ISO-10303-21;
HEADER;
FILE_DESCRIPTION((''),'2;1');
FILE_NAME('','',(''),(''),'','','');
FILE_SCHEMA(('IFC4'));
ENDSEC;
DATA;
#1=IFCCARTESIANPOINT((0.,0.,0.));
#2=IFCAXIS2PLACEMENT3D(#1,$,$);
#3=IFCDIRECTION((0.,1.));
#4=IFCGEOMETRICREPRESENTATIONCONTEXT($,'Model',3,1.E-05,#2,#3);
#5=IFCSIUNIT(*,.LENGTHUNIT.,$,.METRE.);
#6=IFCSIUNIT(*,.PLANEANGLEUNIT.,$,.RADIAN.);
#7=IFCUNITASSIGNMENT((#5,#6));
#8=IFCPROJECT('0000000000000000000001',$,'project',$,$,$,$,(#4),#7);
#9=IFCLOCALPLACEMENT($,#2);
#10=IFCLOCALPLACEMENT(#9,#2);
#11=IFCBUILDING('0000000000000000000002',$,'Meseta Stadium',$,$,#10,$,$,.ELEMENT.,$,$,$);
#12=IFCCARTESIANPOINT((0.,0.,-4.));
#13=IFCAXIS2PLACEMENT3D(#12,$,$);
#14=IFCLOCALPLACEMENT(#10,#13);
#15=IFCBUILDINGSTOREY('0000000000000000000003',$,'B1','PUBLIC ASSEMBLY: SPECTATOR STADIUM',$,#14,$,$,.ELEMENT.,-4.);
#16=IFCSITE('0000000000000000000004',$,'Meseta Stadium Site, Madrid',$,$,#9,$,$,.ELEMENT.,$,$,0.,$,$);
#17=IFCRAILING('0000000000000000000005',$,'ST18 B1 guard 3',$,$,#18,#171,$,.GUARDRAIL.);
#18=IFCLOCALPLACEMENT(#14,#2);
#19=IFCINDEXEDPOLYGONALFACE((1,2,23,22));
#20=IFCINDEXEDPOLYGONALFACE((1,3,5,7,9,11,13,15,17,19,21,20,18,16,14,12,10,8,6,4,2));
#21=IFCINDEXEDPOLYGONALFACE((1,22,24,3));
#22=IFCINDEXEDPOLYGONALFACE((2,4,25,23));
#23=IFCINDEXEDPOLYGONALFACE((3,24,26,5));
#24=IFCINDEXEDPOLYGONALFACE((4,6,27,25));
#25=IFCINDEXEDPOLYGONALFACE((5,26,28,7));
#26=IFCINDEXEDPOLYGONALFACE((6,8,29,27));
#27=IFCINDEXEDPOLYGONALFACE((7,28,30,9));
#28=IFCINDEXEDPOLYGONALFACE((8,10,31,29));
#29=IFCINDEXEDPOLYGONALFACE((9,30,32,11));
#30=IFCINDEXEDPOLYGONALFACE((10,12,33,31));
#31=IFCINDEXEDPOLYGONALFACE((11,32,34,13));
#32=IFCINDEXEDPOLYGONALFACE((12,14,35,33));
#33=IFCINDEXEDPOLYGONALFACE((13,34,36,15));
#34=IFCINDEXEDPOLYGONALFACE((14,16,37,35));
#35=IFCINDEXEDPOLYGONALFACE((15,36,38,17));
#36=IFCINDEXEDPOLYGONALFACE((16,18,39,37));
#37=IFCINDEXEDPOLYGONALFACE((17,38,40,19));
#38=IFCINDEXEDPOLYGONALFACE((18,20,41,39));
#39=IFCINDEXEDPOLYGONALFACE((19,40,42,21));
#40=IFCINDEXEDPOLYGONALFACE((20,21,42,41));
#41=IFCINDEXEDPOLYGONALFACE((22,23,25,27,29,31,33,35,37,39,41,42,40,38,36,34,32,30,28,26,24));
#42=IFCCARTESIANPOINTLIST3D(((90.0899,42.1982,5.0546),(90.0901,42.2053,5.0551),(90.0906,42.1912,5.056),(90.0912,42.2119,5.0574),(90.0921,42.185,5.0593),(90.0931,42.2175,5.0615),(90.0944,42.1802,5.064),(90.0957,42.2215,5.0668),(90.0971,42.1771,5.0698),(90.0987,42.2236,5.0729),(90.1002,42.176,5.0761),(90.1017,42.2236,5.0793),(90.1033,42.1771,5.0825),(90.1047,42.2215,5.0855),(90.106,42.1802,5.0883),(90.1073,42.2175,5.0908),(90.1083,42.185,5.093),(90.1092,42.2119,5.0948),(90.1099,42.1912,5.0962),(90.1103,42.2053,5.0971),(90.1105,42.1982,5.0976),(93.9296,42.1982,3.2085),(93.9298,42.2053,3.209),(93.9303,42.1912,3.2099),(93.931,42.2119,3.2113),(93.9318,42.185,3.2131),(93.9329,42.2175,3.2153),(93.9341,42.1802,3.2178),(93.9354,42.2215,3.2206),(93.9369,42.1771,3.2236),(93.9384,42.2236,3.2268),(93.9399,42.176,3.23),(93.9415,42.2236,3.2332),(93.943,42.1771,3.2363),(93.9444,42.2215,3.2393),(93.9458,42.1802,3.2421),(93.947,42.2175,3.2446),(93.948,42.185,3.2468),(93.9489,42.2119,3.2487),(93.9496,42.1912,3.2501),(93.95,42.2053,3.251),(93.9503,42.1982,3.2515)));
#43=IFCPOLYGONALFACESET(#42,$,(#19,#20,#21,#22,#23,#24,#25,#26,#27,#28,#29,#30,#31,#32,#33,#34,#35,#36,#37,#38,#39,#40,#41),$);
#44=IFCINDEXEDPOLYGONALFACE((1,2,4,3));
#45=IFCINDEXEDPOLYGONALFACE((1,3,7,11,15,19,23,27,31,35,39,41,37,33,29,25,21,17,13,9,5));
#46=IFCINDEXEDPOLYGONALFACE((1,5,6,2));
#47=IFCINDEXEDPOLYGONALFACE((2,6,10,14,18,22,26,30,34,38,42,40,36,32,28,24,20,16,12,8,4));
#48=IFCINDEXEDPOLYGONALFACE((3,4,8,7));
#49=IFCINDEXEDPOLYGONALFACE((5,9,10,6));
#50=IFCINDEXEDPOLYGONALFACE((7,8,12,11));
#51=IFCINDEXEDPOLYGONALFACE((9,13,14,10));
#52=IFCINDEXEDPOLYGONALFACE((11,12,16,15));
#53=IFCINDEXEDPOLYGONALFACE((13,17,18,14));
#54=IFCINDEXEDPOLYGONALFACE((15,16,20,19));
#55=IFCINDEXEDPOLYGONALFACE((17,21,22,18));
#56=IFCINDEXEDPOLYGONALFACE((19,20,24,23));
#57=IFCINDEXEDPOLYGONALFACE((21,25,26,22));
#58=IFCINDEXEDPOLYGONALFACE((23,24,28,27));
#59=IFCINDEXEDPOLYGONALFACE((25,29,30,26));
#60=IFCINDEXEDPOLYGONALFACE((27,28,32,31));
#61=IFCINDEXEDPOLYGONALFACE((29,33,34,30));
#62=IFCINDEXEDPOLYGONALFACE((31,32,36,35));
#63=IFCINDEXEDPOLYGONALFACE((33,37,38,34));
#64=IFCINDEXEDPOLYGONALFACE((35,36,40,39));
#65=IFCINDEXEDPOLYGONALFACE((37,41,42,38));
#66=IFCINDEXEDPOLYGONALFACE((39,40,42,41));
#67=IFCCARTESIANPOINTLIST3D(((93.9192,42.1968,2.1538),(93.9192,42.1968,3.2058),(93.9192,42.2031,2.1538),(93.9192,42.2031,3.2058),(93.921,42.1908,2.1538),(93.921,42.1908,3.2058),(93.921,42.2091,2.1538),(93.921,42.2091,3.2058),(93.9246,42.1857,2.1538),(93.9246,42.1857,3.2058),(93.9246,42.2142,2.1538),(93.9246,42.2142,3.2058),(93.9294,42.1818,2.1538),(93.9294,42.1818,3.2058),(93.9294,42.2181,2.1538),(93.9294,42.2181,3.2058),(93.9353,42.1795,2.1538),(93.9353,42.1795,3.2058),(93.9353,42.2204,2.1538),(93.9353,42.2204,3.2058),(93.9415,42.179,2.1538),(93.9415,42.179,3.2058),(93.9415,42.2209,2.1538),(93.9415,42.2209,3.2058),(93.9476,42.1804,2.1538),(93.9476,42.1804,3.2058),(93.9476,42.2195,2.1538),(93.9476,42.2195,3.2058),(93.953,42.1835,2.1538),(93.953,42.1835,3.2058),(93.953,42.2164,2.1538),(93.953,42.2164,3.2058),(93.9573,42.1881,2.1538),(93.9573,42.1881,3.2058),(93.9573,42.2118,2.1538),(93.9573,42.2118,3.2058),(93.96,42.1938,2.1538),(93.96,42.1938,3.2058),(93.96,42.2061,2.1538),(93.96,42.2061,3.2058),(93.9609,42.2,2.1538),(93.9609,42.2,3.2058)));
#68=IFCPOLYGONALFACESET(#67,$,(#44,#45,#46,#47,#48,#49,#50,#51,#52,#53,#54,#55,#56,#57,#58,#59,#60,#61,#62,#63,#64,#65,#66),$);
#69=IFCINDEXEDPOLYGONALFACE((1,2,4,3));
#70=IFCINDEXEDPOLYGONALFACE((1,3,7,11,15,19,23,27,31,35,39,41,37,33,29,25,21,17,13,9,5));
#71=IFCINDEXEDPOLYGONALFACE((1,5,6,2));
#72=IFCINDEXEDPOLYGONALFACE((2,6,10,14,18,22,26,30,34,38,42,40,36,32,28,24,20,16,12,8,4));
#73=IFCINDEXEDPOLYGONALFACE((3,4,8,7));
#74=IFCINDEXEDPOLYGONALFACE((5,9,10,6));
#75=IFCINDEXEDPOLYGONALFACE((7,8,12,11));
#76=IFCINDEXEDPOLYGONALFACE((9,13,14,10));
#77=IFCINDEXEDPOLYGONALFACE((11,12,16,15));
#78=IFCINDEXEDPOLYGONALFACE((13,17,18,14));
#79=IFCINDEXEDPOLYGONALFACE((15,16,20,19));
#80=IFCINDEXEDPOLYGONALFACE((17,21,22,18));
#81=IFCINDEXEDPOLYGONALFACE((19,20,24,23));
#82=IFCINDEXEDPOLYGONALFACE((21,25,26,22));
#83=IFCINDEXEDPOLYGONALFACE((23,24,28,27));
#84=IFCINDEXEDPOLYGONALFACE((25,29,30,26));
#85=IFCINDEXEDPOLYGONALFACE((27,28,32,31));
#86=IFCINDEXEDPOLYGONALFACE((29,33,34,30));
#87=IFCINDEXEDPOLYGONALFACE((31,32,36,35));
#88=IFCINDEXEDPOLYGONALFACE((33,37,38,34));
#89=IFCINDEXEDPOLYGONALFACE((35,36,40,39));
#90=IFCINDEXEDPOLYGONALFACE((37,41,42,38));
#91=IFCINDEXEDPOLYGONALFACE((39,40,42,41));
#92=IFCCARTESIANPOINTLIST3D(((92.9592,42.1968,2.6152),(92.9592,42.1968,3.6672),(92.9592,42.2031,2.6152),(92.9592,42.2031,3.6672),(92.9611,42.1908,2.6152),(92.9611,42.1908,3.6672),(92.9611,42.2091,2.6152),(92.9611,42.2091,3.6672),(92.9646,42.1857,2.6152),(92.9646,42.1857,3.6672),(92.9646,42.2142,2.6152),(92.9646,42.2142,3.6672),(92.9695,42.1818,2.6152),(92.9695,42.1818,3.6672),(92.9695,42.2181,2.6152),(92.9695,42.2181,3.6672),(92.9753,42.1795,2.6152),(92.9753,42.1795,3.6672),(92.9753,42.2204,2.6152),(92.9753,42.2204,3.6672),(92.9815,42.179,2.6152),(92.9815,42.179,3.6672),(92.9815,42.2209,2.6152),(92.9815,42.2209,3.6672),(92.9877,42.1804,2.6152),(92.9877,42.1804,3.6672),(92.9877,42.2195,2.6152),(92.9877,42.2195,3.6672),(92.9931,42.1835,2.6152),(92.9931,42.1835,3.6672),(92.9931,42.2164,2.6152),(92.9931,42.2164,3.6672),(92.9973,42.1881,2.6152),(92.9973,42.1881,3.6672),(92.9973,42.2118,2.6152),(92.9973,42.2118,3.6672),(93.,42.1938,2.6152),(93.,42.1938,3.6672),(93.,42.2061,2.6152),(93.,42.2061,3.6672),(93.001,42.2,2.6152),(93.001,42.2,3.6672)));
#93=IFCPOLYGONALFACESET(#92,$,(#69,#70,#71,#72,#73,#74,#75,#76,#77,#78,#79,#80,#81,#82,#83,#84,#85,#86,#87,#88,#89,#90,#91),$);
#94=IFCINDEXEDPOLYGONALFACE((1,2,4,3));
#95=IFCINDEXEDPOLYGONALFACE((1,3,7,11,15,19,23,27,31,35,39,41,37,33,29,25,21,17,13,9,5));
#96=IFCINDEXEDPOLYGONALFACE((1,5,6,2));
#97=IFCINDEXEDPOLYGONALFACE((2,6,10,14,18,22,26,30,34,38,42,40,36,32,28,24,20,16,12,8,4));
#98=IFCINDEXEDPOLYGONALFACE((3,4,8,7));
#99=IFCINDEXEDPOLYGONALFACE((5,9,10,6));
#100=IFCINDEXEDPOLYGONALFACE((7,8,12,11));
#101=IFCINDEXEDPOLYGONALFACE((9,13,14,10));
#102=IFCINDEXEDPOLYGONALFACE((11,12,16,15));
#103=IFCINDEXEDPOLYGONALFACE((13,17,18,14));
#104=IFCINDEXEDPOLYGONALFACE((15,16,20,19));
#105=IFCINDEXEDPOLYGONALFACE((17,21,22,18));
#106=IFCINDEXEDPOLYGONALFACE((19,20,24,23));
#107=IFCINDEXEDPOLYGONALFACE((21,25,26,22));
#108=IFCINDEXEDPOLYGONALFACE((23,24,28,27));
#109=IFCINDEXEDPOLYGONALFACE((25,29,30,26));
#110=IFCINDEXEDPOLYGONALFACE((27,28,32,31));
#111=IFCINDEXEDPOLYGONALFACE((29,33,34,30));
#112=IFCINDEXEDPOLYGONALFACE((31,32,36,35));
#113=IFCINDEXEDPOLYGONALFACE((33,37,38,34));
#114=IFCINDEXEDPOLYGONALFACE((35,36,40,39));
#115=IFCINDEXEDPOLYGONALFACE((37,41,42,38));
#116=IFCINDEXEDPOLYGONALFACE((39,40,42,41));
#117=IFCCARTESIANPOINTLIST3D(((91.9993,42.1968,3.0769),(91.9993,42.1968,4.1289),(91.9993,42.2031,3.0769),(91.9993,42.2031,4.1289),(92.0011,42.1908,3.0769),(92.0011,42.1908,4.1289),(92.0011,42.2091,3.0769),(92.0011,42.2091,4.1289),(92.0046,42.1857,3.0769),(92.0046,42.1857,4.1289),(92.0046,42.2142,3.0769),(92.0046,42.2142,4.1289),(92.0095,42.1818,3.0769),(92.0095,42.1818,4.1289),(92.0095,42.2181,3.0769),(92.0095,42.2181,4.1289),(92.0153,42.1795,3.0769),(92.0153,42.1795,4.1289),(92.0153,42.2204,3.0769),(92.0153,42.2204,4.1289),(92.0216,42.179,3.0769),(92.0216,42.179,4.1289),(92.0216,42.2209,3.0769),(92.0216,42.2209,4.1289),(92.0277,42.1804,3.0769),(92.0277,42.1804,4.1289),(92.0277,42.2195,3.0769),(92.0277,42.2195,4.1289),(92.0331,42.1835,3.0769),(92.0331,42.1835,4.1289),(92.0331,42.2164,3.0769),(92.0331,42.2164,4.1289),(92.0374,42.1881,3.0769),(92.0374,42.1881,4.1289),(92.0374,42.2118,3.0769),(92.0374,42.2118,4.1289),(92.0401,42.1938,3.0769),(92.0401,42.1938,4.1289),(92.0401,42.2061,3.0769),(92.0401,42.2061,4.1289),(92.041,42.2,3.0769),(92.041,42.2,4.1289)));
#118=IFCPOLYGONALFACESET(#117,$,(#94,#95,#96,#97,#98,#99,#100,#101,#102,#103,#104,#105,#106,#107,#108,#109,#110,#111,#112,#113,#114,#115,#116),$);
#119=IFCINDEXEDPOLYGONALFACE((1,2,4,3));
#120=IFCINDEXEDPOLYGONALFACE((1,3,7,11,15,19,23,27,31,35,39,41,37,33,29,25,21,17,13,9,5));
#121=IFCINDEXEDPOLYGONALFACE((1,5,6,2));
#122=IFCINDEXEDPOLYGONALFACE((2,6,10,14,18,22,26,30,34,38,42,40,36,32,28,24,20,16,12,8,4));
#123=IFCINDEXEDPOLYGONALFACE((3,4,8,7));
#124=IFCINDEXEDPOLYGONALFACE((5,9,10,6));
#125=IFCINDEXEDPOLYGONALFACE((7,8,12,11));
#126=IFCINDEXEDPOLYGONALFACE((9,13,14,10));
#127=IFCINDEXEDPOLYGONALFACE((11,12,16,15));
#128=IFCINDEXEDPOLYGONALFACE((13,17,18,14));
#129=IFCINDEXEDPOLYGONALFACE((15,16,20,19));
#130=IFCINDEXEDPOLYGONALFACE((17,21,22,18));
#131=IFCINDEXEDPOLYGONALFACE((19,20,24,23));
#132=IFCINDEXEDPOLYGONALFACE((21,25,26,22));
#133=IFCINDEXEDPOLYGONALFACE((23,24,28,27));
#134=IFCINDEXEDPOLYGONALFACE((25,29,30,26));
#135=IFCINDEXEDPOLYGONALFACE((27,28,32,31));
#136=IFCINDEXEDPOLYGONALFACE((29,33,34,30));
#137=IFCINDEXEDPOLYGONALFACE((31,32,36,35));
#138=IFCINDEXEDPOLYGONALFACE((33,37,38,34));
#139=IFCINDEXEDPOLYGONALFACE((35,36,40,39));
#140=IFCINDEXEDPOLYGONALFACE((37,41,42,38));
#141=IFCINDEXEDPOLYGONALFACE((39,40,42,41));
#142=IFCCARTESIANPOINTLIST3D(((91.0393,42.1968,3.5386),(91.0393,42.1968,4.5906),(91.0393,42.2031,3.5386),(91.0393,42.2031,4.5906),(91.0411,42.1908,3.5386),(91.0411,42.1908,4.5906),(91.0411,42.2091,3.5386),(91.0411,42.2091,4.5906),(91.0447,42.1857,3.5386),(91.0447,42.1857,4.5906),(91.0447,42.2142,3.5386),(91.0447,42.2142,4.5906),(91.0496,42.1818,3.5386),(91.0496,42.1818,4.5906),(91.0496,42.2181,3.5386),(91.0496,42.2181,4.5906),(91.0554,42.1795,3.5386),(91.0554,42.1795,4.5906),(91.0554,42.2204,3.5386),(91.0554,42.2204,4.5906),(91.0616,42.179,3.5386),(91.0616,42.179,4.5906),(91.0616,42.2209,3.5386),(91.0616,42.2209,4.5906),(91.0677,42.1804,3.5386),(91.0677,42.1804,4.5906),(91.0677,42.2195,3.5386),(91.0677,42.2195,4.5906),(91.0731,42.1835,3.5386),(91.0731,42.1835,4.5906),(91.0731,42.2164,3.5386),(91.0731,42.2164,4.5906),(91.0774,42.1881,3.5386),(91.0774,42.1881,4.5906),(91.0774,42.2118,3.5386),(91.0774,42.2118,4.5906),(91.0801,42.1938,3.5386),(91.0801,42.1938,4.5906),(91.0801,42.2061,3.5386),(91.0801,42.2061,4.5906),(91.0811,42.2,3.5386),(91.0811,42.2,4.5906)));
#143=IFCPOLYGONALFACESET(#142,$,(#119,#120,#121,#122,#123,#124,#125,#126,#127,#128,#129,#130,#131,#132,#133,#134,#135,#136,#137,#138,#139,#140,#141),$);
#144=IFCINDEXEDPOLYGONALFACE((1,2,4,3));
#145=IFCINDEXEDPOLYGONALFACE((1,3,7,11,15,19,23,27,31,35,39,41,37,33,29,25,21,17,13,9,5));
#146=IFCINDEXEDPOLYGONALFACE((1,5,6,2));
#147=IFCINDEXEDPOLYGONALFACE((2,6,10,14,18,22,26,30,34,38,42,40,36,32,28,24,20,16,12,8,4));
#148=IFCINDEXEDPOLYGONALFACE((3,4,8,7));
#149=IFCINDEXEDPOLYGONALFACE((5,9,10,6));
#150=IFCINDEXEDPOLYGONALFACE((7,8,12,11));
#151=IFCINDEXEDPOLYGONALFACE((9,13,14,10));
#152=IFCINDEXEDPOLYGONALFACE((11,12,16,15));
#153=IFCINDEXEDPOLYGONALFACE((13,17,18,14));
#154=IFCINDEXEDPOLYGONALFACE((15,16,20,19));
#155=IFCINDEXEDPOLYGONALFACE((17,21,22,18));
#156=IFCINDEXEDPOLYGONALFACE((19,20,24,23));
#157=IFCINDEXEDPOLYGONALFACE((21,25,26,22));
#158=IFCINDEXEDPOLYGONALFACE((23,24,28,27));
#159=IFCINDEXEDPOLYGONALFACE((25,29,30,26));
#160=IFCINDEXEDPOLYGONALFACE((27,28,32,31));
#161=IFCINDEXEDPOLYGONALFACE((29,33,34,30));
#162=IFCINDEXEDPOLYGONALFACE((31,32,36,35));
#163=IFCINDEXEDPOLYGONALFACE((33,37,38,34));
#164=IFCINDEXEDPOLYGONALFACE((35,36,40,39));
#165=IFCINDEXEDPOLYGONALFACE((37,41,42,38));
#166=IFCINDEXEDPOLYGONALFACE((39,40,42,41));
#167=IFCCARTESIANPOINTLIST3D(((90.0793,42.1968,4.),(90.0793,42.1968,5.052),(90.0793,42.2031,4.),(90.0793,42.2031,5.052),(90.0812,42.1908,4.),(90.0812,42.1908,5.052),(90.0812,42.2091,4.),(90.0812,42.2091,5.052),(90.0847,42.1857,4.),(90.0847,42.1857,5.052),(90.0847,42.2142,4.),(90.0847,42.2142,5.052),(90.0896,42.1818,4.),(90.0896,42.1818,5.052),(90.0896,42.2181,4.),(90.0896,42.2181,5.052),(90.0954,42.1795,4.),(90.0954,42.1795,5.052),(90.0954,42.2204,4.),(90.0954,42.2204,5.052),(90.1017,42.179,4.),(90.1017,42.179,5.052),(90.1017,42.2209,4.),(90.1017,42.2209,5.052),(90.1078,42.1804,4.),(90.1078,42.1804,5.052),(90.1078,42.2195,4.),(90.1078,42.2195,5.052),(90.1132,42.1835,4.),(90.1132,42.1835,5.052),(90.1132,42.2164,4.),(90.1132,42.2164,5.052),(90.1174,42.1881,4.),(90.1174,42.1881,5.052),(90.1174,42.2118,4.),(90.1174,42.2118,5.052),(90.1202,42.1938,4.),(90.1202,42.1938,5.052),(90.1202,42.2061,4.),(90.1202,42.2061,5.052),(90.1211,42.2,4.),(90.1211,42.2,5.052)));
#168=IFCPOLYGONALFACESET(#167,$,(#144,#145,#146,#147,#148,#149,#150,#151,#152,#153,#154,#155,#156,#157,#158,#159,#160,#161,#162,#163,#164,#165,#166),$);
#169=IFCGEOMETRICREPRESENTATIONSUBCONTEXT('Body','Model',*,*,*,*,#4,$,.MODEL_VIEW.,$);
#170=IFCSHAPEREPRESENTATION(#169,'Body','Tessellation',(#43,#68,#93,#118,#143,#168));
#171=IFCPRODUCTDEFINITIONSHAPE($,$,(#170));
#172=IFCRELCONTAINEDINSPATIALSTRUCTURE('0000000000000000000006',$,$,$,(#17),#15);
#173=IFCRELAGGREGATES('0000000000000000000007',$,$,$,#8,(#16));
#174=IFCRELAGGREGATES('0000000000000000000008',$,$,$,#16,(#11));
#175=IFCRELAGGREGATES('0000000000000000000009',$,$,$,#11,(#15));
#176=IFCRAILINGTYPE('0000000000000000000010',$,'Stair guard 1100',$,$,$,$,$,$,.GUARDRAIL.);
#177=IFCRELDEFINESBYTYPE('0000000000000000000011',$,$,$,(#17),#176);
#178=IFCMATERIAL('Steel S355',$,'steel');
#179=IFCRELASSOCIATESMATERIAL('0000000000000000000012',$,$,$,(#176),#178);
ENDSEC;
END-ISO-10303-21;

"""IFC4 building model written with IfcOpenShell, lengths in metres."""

from ifc_helpers import new_model, si_unit, direction, frame, origin, origin_2d, place, context, subcontext, project, spatial, circle, extrude, material, type_object, element, save


model = new_model("IFC4")

# Units and contexts
model_context = context("Model", 3, precision=1e-05, world=origin(), true_north=direction((0.0, 1.0)))
body_context = subcontext(model_context, "Body", "Model", "MODEL_VIEW")
ifc_project = project(units=[si_unit("LENGTHUNIT", "METRE"), si_unit("PLANEANGLEUNIT", "RADIAN")], contexts=[model_context])

# Site, building, storey
site_placement = place(None, origin())
site = spatial("IfcSite", under=ifc_project, at=site_placement, Name="Meseta Stadium Site, Madrid", CompositionType="ELEMENT", RefElevation=0.0)
building_placement = place(site_placement, origin())
building = spatial("IfcBuilding", under=site, at=building_placement, Name="Meseta Stadium", CompositionType="ELEMENT")
storey_placement = place(building_placement, frame((0.0, 0.0, -4.0)))
storey = spatial("IfcBuildingStorey", under=building, at=storey_placement, Name="B1", Description="PUBLIC ASSEMBLY: SPECTATOR STADIUM", CompositionType="ELEMENT", Elevation=-4.0)

# Railing
ifc_material_1 = material(Name="Steel S355", Category="steel")
railing_type_1 = type_object("IfcRailingType", Name="Stair guard 1100", PredefinedType="GUARDRAIL", material=ifc_material_1)
railing_1_placement = place(storey_placement, frame((93.9399, 42.2, 2.1538)))
element("IfcRailing", 1, at=railing_1_placement, inside=storey, type_object=railing_type_1, Name="ST18 B1 guard 3", PredefinedType="GUARDRAIL", context=body_context, shape_type="SweptSolid", body=[
    extrude(circle(Radius=0.0239, at=origin_2d()), frame((0.0, 0.0, 1.0762), z_axis=(-0.901242, 0.0, 0.433316), x_axis=(0.0, -1.0, 0.0)), (0.0, 0.0, 1.0), 4.2605),
    extrude(circle(Radius=0.021, at=origin_2d()), origin(), (0.0, 0.0, 1.0), 1.052),
    extrude(circle(Radius=0.021, at=origin_2d()), frame((-0.96, 0.0, 0.4614)), (0.0, 0.0, 1.0), 1.052),
    extrude(circle(Radius=0.021, at=origin_2d()), frame((-1.9199, 0.0, 0.9231)), (0.0, 0.0, 1.0), 1.052),
    extrude(circle(Radius=0.021, at=origin_2d()), frame((-2.8799, 0.0, 1.3848)), (0.0, 0.0, 1.0), 1.052),
    extrude(circle(Radius=0.021, at=origin_2d()), frame((-3.8398, 0.0, 1.8462)), (0.0, 0.0, 1.0), 1.052),
])

save(model, "model.ifc")
